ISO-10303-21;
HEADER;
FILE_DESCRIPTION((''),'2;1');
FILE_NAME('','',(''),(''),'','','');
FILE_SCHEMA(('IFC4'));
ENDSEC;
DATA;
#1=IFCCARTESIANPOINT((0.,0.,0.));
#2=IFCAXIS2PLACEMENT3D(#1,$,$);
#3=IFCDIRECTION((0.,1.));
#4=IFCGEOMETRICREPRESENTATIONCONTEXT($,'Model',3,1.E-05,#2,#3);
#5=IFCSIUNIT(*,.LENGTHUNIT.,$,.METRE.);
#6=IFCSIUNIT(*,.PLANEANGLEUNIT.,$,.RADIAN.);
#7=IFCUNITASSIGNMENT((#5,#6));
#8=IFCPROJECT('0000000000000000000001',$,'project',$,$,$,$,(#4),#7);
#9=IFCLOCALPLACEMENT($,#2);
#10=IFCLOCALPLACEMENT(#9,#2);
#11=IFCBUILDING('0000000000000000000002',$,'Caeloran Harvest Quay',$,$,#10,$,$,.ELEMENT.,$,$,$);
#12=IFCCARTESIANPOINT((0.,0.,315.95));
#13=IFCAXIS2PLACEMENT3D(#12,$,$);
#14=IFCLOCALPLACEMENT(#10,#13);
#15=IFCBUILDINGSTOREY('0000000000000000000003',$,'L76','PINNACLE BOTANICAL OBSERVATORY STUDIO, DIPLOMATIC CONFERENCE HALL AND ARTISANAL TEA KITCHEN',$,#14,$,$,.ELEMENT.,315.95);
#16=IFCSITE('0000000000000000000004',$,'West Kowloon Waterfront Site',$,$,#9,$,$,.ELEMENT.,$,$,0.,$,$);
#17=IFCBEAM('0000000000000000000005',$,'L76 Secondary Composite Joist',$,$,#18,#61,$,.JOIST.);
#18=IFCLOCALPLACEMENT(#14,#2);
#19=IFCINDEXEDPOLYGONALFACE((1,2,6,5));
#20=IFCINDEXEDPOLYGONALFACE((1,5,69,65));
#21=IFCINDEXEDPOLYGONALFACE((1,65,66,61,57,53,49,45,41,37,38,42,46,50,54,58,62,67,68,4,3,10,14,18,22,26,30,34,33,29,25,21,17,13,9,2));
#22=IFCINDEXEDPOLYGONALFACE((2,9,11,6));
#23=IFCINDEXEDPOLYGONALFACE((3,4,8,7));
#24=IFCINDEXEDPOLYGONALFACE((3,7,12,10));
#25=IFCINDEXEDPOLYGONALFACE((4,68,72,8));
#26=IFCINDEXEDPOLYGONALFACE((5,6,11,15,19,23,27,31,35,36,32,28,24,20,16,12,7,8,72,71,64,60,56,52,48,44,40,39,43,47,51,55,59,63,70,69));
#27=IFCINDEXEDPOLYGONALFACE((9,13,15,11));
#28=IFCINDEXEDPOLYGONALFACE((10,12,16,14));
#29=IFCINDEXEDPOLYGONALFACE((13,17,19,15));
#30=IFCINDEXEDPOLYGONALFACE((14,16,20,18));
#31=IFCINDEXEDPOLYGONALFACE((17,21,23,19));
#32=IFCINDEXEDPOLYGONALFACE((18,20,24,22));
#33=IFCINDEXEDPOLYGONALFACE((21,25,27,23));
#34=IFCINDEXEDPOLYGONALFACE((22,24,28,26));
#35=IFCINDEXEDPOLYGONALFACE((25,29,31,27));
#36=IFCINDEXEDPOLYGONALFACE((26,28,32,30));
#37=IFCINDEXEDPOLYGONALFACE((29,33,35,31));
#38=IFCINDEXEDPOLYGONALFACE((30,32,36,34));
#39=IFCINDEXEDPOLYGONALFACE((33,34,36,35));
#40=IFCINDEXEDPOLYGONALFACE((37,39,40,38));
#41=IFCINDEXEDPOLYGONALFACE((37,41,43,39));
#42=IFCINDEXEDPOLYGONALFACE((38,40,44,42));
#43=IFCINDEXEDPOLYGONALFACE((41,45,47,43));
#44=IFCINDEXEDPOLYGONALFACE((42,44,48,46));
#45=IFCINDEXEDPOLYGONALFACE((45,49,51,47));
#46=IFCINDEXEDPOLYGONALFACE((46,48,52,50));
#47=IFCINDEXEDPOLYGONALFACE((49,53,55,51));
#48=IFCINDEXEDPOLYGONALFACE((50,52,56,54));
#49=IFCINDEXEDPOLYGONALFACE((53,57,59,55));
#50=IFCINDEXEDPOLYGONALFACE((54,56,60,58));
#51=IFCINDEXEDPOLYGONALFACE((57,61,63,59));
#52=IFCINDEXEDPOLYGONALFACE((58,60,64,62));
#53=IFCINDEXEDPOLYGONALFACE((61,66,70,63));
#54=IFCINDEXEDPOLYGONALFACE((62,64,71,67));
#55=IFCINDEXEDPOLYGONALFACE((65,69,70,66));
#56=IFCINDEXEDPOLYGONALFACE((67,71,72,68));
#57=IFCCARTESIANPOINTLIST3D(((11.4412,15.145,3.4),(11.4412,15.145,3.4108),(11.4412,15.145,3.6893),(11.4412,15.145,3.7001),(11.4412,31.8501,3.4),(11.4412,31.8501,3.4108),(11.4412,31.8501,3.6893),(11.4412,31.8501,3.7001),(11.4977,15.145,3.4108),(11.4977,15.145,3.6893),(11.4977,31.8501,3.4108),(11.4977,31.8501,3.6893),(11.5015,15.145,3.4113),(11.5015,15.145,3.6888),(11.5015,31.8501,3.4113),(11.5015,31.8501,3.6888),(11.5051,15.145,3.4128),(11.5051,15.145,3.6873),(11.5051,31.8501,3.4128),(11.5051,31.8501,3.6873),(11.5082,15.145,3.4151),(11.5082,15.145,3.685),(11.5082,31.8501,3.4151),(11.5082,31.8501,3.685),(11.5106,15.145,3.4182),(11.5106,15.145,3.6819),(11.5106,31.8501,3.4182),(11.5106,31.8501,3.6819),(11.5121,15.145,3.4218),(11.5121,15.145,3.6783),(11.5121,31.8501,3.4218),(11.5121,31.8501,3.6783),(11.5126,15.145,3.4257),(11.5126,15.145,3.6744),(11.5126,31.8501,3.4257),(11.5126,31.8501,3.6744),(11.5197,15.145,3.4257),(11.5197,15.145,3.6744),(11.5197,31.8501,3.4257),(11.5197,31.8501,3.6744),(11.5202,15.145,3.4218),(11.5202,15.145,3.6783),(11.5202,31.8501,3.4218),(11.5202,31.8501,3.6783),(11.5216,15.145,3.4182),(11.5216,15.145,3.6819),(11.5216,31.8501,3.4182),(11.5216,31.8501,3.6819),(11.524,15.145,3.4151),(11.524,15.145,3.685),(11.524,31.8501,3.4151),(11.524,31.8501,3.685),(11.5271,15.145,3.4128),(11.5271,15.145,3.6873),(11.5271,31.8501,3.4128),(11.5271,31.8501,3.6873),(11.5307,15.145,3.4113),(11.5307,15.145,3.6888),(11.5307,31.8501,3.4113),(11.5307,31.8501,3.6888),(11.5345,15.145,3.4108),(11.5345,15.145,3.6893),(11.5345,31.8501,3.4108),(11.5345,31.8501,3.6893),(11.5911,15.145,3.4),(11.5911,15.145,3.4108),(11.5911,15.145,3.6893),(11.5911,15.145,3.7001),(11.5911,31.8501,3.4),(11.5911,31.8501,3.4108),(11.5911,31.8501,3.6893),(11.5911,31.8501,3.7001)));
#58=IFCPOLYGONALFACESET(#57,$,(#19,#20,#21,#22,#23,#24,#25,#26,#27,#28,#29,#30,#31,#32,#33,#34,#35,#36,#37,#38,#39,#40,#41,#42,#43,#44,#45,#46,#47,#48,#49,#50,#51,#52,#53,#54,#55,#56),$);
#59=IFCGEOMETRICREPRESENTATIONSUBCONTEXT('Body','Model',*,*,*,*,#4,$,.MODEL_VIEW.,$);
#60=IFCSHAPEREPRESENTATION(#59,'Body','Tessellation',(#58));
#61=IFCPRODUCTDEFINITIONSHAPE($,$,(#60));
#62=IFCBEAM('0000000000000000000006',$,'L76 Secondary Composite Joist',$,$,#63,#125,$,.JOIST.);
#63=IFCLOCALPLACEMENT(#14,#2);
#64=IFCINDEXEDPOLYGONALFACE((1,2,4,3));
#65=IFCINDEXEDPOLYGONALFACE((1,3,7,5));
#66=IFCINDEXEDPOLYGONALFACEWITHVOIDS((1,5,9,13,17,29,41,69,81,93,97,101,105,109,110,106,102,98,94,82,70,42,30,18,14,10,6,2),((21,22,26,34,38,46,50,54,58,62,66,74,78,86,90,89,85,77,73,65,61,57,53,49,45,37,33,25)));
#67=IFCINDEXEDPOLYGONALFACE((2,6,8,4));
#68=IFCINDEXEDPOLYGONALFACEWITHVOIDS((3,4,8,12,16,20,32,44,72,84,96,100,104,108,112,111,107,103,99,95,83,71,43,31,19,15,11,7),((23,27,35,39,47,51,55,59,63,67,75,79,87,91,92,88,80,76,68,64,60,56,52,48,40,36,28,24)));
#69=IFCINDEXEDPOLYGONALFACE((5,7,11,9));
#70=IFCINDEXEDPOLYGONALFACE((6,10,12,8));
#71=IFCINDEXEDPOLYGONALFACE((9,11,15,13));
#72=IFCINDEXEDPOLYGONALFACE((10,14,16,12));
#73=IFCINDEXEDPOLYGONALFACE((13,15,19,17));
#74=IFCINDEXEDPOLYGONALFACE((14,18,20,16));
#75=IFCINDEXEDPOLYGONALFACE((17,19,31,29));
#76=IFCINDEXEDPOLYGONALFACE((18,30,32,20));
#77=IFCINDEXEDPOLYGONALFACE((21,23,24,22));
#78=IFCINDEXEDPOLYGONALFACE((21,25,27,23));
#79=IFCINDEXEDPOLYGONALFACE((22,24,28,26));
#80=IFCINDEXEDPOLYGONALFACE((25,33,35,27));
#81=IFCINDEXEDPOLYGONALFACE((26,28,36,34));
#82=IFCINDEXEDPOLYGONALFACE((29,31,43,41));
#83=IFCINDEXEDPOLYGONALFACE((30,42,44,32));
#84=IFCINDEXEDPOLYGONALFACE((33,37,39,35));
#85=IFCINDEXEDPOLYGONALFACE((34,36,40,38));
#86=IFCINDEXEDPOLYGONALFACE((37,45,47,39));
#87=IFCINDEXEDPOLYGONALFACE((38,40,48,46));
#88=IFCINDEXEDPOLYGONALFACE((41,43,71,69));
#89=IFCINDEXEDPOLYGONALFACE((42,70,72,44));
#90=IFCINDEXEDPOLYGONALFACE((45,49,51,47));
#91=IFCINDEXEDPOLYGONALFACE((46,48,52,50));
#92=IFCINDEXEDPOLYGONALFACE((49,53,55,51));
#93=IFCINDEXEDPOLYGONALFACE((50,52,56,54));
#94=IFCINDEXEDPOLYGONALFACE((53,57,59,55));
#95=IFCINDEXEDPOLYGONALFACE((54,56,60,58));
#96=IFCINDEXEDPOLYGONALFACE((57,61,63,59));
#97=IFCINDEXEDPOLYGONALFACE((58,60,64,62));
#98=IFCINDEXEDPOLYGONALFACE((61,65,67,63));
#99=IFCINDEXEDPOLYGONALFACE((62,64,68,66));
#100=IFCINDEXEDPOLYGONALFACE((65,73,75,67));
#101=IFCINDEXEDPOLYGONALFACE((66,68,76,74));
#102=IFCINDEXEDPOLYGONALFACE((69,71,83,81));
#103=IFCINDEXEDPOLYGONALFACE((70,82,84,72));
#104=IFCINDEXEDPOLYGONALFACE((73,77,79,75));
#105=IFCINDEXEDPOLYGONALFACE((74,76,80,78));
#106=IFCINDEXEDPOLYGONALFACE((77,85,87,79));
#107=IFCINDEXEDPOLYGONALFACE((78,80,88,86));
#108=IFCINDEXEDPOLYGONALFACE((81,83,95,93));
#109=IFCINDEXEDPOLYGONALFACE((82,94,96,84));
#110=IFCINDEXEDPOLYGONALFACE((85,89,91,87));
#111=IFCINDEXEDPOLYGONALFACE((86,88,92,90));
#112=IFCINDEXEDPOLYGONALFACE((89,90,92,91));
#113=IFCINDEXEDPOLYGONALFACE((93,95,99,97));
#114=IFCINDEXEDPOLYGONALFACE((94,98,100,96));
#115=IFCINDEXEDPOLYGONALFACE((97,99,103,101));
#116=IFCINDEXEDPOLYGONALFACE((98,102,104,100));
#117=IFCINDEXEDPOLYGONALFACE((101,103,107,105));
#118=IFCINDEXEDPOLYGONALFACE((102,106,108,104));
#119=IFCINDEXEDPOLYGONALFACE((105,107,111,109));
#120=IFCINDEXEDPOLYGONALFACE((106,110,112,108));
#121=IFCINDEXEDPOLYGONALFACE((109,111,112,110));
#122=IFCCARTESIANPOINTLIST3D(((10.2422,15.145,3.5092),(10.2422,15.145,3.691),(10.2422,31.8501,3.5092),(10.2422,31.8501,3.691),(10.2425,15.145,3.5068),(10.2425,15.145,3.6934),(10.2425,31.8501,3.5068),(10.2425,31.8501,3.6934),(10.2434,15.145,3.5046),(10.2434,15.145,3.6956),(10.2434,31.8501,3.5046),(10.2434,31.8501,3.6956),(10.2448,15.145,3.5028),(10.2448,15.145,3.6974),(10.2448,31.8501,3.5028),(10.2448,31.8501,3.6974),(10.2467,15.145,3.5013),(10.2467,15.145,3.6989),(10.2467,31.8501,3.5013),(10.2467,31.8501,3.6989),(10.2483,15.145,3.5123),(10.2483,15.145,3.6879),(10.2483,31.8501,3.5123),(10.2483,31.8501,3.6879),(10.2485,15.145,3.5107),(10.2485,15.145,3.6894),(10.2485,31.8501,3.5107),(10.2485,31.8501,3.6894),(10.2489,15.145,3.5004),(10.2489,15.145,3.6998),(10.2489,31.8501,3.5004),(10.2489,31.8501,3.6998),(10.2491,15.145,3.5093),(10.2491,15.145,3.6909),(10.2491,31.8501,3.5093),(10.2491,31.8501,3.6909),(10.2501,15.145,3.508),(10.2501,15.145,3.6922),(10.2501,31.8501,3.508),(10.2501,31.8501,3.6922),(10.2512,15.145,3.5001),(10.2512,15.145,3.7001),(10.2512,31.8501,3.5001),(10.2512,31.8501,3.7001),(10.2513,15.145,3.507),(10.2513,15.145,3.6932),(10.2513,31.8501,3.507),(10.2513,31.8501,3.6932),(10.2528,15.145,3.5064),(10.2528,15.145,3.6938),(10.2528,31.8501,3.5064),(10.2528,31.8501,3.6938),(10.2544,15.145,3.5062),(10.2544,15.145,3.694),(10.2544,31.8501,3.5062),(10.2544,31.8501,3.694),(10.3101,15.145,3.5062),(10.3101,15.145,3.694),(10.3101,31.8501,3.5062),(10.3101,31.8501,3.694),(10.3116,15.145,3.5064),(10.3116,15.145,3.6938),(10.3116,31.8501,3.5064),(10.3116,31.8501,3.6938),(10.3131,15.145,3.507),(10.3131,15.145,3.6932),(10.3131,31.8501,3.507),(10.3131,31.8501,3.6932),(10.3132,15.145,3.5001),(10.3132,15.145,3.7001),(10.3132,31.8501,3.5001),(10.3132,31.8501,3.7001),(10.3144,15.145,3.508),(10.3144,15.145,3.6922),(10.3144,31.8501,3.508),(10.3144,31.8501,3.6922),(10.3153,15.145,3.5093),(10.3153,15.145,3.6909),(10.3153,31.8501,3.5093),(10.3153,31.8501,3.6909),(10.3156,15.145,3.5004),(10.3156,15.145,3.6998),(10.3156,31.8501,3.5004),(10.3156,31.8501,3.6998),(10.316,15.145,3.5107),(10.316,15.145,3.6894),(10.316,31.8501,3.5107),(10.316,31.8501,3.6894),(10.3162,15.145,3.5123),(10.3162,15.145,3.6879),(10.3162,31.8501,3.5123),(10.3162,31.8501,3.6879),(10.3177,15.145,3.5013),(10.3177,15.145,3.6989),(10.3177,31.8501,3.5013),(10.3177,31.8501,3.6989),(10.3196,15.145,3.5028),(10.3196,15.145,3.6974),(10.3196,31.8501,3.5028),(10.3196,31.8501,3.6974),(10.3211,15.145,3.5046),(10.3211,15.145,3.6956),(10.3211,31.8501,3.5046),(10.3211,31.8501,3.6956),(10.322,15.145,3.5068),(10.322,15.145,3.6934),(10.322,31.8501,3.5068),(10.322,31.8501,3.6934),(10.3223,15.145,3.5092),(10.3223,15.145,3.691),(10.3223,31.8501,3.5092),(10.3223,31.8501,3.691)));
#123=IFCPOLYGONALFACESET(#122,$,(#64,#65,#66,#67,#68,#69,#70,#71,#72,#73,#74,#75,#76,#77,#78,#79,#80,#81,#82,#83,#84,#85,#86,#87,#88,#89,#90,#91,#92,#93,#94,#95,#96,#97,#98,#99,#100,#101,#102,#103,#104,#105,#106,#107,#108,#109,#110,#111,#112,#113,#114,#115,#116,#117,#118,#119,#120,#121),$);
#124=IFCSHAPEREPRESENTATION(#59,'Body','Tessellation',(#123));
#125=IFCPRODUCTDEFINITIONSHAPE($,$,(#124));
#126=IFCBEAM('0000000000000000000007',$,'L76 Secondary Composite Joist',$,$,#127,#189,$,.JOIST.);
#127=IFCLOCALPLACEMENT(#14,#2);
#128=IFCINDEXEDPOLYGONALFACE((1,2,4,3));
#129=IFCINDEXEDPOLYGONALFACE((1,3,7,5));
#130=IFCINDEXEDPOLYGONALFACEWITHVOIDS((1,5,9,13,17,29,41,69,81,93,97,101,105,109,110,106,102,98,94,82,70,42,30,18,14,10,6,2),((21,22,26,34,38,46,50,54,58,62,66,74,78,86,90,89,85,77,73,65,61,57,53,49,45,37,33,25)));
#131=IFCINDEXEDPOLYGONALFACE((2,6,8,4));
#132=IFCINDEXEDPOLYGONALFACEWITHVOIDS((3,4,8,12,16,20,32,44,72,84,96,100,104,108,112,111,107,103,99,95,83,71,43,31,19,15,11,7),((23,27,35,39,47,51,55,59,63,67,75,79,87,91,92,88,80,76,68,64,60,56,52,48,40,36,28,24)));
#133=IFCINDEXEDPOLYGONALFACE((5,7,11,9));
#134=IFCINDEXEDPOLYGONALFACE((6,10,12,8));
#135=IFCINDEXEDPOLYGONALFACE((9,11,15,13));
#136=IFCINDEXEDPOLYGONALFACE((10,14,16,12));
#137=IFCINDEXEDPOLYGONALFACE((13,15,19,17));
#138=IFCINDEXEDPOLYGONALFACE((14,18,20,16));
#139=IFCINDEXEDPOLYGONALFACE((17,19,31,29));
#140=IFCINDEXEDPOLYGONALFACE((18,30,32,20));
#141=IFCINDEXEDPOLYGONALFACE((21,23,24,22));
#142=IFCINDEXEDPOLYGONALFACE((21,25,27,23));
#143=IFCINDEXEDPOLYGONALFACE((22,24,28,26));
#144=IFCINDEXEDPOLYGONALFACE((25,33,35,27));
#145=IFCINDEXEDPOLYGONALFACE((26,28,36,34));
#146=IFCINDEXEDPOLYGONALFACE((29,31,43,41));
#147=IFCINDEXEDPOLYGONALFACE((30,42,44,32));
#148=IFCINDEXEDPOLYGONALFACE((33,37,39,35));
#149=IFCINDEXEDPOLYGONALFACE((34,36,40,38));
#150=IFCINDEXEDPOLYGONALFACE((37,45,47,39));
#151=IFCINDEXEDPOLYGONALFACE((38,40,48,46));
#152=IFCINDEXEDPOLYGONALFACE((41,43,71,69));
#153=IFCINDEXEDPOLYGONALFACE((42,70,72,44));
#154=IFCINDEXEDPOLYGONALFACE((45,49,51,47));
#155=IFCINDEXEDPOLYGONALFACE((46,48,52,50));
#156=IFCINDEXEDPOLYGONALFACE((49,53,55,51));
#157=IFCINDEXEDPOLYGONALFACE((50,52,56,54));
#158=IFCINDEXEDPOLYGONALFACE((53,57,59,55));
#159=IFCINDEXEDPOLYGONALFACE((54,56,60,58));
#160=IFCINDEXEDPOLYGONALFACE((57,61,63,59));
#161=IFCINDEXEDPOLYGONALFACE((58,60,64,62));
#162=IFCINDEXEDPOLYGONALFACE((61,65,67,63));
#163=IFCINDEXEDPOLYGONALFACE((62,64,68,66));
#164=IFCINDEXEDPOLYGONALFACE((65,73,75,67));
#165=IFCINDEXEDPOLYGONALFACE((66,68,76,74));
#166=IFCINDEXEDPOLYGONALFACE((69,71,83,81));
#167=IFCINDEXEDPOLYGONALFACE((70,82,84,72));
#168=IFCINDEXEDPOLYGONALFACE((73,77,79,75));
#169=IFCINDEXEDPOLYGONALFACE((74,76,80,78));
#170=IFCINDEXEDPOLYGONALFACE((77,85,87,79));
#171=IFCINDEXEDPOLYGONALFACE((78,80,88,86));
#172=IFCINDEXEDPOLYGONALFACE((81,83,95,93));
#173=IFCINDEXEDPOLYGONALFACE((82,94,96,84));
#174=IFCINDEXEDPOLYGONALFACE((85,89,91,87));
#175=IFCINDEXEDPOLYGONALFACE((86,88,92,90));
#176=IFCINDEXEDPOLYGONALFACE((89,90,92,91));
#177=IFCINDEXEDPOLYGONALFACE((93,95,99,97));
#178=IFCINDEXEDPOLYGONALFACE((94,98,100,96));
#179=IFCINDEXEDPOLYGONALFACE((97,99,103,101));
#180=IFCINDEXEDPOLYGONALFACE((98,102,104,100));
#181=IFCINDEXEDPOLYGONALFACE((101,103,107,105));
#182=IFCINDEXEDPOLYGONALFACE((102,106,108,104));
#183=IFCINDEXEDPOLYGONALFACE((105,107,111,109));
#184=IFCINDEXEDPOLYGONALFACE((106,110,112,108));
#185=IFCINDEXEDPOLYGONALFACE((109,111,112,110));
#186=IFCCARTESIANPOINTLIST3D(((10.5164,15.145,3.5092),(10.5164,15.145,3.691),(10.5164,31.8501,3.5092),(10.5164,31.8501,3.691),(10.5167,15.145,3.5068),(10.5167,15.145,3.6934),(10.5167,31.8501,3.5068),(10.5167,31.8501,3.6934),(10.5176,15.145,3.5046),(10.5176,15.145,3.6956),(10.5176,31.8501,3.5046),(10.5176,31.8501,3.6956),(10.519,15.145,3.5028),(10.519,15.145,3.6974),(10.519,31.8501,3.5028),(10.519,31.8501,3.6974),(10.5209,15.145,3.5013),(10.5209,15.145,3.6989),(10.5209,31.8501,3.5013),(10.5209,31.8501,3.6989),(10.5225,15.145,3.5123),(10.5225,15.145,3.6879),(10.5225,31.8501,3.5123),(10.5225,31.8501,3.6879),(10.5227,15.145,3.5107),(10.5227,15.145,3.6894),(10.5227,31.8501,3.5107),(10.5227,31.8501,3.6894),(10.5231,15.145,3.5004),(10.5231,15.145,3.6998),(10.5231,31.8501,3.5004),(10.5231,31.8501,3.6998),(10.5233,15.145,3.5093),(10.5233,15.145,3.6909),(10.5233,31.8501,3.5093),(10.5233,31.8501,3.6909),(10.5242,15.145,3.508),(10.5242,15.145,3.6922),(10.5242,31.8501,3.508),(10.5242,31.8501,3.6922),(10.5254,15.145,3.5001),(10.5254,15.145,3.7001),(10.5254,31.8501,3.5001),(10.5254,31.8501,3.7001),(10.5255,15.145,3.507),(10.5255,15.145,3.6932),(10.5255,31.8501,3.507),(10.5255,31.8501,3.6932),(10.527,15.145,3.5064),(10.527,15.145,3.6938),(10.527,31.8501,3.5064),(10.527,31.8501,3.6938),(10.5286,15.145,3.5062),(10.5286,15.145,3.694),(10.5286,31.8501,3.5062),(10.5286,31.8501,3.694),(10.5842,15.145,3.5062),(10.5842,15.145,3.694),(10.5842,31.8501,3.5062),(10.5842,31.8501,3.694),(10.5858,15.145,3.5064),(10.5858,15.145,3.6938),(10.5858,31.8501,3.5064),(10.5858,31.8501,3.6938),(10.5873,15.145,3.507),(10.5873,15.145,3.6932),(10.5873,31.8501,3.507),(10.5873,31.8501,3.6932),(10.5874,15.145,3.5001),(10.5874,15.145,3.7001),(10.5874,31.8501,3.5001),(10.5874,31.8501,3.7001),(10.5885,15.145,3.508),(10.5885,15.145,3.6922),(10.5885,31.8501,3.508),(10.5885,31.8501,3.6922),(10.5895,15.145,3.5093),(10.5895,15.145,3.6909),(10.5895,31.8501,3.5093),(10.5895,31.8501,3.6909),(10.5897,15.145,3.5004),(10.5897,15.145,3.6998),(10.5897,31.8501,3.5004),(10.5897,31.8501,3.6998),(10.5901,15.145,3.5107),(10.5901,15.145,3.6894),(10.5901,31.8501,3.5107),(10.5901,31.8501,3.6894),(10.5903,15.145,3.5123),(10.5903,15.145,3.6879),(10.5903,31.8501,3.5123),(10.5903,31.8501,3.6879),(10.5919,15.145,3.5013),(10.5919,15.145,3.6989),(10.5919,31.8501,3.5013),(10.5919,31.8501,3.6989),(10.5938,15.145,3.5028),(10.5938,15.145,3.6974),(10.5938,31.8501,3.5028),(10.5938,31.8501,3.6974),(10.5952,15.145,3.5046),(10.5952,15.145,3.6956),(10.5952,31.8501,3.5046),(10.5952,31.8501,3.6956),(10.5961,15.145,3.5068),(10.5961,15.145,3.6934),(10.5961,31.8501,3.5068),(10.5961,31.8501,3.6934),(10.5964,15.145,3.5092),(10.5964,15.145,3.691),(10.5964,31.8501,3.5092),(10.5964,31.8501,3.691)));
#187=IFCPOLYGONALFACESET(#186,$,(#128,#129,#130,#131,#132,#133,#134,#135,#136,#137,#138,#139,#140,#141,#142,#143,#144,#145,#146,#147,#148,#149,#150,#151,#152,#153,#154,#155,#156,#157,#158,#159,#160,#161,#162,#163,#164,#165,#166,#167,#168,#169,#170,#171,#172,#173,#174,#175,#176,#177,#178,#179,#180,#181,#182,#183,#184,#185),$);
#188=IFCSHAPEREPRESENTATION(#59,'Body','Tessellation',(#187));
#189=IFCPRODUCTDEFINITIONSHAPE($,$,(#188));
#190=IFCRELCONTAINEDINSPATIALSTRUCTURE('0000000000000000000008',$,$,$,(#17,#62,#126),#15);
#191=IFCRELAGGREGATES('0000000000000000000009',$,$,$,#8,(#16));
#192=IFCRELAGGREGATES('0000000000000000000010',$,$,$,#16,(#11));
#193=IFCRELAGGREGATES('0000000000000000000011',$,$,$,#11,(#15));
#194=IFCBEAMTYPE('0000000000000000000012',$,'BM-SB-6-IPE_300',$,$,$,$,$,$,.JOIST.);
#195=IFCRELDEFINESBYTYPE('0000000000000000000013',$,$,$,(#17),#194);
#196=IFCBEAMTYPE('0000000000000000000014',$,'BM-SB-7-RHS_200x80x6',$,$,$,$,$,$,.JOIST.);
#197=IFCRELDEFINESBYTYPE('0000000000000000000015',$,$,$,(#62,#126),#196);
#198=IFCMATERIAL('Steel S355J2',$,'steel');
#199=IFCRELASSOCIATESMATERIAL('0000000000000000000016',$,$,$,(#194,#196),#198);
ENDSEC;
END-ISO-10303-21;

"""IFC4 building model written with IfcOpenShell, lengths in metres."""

from ifc_helpers import new_model, si_unit, direction, frame, origin, origin_2d, place, context, subcontext, project, spatial, hollow_rectangle, i_section, extrude, material, material_profile, profile_set, type_object, element, save


model = new_model("IFC4")

# Units and contexts
model_context = context("Model", 3, precision=1e-05, world=origin(), true_north=direction((0.0, 1.0)))
body_context = subcontext(model_context, "Body", "Model", "MODEL_VIEW")
ifc_project = project(units=[si_unit("LENGTHUNIT", "METRE"), si_unit("PLANEANGLEUNIT", "RADIAN")], contexts=[model_context])

# Site, building, storey
site_placement = place(None, origin())
site = spatial("IfcSite", under=ifc_project, at=site_placement, Name="West Kowloon Waterfront Site", CompositionType="ELEMENT", RefElevation=0.0)
building_placement = place(site_placement, origin())
building = spatial("IfcBuilding", under=site, at=building_placement, Name="Caeloran Harvest Quay", CompositionType="ELEMENT")
storey_placement = place(building_placement, frame((0.0, 0.0, 315.95)))
storey = spatial("IfcBuildingStorey", under=building, at=storey_placement, Name="L76", Description="PINNACLE BOTANICAL OBSERVATORY STUDIO, DIPLOMATIC CONFERENCE HALL AND ARTISANAL TEA KITCHEN", CompositionType="ELEMENT", Elevation=315.95)

# Beams
ifc_material_1 = material(Name="Steel S355J2", Category="steel")
ifc_material_profile_1 = material_profile(ifc_material_1, i_section(OverallWidth=0.1499, OverallDepth=0.3, WebThickness=0.0071, FlangeThickness=0.0107, FilletRadius=0.0149, at=origin_2d()), Name="IPE 300")
ifc_profile_set_1 = profile_set([ifc_material_profile_1], Name="Steel S355J2")
beam_type_1 = type_object("IfcBeamType", Name="BM-SB-6-IPE_300", PredefinedType="JOIST", material=ifc_profile_set_1)
for number, where, z_axis, x_axis, name in (
    (1, (11.5161, 15.145, 3.55), (0.0, 1.0, 0.0), (-1.0, 0.0, 0.0), "L76 Secondary Composite Joist"),
):
    element("IfcBeam", number, at=place(storey_placement, frame(where, z_axis=z_axis, x_axis=x_axis)), inside=storey, type_object=beam_type_1, Name=name, PredefinedType="JOIST", context=body_context, shape_type="SweptSolid", body=[
        extrude(i_section(OverallWidth=0.1499, OverallDepth=0.3, WebThickness=0.0071, FlangeThickness=0.0107, FilletRadius=0.0149, at=origin_2d()), origin(), (0.0, 0.0, 1.0), 16.7051),
    ])
ifc_material_profile_2 = material_profile(ifc_material_1, hollow_rectangle(XDim=0.0801, YDim=0.2, WallThickness=0.0061, InnerFilletRadius=0.0061, OuterFilletRadius=0.009, at=origin_2d()), Name="RHS 200x80x6")
ifc_profile_set_2 = profile_set([ifc_material_profile_2], Name="Steel S355J2")
beam_type_2 = type_object("IfcBeamType", Name="BM-SB-7-RHS_200x80x6", PredefinedType="JOIST", material=ifc_profile_set_2)
for number, where, z_axis, x_axis, name in (
    (2, (10.2822, 15.145, 3.6001), (0.0, 1.0, 0.0), (-1.0, 0.0, 0.0), "L76 Secondary Composite Joist"),
    (3, (10.5564, 15.145, 3.6001), (0.0, 1.0, 0.0), (-1.0, 0.0, 0.0), "L76 Secondary Composite Joist"),
):
    element("IfcBeam", number, at=place(storey_placement, frame(where, z_axis=z_axis, x_axis=x_axis)), inside=storey, type_object=beam_type_2, Name=name, PredefinedType="JOIST", context=body_context, shape_type="SweptSolid", body=[
        extrude(hollow_rectangle(XDim=0.0801, YDim=0.2, WallThickness=0.0061, InnerFilletRadius=0.0061, OuterFilletRadius=0.009, at=origin_2d()), origin(), (0.0, 0.0, 1.0), 16.7051),
    ])

save(model, "model.ifc")
